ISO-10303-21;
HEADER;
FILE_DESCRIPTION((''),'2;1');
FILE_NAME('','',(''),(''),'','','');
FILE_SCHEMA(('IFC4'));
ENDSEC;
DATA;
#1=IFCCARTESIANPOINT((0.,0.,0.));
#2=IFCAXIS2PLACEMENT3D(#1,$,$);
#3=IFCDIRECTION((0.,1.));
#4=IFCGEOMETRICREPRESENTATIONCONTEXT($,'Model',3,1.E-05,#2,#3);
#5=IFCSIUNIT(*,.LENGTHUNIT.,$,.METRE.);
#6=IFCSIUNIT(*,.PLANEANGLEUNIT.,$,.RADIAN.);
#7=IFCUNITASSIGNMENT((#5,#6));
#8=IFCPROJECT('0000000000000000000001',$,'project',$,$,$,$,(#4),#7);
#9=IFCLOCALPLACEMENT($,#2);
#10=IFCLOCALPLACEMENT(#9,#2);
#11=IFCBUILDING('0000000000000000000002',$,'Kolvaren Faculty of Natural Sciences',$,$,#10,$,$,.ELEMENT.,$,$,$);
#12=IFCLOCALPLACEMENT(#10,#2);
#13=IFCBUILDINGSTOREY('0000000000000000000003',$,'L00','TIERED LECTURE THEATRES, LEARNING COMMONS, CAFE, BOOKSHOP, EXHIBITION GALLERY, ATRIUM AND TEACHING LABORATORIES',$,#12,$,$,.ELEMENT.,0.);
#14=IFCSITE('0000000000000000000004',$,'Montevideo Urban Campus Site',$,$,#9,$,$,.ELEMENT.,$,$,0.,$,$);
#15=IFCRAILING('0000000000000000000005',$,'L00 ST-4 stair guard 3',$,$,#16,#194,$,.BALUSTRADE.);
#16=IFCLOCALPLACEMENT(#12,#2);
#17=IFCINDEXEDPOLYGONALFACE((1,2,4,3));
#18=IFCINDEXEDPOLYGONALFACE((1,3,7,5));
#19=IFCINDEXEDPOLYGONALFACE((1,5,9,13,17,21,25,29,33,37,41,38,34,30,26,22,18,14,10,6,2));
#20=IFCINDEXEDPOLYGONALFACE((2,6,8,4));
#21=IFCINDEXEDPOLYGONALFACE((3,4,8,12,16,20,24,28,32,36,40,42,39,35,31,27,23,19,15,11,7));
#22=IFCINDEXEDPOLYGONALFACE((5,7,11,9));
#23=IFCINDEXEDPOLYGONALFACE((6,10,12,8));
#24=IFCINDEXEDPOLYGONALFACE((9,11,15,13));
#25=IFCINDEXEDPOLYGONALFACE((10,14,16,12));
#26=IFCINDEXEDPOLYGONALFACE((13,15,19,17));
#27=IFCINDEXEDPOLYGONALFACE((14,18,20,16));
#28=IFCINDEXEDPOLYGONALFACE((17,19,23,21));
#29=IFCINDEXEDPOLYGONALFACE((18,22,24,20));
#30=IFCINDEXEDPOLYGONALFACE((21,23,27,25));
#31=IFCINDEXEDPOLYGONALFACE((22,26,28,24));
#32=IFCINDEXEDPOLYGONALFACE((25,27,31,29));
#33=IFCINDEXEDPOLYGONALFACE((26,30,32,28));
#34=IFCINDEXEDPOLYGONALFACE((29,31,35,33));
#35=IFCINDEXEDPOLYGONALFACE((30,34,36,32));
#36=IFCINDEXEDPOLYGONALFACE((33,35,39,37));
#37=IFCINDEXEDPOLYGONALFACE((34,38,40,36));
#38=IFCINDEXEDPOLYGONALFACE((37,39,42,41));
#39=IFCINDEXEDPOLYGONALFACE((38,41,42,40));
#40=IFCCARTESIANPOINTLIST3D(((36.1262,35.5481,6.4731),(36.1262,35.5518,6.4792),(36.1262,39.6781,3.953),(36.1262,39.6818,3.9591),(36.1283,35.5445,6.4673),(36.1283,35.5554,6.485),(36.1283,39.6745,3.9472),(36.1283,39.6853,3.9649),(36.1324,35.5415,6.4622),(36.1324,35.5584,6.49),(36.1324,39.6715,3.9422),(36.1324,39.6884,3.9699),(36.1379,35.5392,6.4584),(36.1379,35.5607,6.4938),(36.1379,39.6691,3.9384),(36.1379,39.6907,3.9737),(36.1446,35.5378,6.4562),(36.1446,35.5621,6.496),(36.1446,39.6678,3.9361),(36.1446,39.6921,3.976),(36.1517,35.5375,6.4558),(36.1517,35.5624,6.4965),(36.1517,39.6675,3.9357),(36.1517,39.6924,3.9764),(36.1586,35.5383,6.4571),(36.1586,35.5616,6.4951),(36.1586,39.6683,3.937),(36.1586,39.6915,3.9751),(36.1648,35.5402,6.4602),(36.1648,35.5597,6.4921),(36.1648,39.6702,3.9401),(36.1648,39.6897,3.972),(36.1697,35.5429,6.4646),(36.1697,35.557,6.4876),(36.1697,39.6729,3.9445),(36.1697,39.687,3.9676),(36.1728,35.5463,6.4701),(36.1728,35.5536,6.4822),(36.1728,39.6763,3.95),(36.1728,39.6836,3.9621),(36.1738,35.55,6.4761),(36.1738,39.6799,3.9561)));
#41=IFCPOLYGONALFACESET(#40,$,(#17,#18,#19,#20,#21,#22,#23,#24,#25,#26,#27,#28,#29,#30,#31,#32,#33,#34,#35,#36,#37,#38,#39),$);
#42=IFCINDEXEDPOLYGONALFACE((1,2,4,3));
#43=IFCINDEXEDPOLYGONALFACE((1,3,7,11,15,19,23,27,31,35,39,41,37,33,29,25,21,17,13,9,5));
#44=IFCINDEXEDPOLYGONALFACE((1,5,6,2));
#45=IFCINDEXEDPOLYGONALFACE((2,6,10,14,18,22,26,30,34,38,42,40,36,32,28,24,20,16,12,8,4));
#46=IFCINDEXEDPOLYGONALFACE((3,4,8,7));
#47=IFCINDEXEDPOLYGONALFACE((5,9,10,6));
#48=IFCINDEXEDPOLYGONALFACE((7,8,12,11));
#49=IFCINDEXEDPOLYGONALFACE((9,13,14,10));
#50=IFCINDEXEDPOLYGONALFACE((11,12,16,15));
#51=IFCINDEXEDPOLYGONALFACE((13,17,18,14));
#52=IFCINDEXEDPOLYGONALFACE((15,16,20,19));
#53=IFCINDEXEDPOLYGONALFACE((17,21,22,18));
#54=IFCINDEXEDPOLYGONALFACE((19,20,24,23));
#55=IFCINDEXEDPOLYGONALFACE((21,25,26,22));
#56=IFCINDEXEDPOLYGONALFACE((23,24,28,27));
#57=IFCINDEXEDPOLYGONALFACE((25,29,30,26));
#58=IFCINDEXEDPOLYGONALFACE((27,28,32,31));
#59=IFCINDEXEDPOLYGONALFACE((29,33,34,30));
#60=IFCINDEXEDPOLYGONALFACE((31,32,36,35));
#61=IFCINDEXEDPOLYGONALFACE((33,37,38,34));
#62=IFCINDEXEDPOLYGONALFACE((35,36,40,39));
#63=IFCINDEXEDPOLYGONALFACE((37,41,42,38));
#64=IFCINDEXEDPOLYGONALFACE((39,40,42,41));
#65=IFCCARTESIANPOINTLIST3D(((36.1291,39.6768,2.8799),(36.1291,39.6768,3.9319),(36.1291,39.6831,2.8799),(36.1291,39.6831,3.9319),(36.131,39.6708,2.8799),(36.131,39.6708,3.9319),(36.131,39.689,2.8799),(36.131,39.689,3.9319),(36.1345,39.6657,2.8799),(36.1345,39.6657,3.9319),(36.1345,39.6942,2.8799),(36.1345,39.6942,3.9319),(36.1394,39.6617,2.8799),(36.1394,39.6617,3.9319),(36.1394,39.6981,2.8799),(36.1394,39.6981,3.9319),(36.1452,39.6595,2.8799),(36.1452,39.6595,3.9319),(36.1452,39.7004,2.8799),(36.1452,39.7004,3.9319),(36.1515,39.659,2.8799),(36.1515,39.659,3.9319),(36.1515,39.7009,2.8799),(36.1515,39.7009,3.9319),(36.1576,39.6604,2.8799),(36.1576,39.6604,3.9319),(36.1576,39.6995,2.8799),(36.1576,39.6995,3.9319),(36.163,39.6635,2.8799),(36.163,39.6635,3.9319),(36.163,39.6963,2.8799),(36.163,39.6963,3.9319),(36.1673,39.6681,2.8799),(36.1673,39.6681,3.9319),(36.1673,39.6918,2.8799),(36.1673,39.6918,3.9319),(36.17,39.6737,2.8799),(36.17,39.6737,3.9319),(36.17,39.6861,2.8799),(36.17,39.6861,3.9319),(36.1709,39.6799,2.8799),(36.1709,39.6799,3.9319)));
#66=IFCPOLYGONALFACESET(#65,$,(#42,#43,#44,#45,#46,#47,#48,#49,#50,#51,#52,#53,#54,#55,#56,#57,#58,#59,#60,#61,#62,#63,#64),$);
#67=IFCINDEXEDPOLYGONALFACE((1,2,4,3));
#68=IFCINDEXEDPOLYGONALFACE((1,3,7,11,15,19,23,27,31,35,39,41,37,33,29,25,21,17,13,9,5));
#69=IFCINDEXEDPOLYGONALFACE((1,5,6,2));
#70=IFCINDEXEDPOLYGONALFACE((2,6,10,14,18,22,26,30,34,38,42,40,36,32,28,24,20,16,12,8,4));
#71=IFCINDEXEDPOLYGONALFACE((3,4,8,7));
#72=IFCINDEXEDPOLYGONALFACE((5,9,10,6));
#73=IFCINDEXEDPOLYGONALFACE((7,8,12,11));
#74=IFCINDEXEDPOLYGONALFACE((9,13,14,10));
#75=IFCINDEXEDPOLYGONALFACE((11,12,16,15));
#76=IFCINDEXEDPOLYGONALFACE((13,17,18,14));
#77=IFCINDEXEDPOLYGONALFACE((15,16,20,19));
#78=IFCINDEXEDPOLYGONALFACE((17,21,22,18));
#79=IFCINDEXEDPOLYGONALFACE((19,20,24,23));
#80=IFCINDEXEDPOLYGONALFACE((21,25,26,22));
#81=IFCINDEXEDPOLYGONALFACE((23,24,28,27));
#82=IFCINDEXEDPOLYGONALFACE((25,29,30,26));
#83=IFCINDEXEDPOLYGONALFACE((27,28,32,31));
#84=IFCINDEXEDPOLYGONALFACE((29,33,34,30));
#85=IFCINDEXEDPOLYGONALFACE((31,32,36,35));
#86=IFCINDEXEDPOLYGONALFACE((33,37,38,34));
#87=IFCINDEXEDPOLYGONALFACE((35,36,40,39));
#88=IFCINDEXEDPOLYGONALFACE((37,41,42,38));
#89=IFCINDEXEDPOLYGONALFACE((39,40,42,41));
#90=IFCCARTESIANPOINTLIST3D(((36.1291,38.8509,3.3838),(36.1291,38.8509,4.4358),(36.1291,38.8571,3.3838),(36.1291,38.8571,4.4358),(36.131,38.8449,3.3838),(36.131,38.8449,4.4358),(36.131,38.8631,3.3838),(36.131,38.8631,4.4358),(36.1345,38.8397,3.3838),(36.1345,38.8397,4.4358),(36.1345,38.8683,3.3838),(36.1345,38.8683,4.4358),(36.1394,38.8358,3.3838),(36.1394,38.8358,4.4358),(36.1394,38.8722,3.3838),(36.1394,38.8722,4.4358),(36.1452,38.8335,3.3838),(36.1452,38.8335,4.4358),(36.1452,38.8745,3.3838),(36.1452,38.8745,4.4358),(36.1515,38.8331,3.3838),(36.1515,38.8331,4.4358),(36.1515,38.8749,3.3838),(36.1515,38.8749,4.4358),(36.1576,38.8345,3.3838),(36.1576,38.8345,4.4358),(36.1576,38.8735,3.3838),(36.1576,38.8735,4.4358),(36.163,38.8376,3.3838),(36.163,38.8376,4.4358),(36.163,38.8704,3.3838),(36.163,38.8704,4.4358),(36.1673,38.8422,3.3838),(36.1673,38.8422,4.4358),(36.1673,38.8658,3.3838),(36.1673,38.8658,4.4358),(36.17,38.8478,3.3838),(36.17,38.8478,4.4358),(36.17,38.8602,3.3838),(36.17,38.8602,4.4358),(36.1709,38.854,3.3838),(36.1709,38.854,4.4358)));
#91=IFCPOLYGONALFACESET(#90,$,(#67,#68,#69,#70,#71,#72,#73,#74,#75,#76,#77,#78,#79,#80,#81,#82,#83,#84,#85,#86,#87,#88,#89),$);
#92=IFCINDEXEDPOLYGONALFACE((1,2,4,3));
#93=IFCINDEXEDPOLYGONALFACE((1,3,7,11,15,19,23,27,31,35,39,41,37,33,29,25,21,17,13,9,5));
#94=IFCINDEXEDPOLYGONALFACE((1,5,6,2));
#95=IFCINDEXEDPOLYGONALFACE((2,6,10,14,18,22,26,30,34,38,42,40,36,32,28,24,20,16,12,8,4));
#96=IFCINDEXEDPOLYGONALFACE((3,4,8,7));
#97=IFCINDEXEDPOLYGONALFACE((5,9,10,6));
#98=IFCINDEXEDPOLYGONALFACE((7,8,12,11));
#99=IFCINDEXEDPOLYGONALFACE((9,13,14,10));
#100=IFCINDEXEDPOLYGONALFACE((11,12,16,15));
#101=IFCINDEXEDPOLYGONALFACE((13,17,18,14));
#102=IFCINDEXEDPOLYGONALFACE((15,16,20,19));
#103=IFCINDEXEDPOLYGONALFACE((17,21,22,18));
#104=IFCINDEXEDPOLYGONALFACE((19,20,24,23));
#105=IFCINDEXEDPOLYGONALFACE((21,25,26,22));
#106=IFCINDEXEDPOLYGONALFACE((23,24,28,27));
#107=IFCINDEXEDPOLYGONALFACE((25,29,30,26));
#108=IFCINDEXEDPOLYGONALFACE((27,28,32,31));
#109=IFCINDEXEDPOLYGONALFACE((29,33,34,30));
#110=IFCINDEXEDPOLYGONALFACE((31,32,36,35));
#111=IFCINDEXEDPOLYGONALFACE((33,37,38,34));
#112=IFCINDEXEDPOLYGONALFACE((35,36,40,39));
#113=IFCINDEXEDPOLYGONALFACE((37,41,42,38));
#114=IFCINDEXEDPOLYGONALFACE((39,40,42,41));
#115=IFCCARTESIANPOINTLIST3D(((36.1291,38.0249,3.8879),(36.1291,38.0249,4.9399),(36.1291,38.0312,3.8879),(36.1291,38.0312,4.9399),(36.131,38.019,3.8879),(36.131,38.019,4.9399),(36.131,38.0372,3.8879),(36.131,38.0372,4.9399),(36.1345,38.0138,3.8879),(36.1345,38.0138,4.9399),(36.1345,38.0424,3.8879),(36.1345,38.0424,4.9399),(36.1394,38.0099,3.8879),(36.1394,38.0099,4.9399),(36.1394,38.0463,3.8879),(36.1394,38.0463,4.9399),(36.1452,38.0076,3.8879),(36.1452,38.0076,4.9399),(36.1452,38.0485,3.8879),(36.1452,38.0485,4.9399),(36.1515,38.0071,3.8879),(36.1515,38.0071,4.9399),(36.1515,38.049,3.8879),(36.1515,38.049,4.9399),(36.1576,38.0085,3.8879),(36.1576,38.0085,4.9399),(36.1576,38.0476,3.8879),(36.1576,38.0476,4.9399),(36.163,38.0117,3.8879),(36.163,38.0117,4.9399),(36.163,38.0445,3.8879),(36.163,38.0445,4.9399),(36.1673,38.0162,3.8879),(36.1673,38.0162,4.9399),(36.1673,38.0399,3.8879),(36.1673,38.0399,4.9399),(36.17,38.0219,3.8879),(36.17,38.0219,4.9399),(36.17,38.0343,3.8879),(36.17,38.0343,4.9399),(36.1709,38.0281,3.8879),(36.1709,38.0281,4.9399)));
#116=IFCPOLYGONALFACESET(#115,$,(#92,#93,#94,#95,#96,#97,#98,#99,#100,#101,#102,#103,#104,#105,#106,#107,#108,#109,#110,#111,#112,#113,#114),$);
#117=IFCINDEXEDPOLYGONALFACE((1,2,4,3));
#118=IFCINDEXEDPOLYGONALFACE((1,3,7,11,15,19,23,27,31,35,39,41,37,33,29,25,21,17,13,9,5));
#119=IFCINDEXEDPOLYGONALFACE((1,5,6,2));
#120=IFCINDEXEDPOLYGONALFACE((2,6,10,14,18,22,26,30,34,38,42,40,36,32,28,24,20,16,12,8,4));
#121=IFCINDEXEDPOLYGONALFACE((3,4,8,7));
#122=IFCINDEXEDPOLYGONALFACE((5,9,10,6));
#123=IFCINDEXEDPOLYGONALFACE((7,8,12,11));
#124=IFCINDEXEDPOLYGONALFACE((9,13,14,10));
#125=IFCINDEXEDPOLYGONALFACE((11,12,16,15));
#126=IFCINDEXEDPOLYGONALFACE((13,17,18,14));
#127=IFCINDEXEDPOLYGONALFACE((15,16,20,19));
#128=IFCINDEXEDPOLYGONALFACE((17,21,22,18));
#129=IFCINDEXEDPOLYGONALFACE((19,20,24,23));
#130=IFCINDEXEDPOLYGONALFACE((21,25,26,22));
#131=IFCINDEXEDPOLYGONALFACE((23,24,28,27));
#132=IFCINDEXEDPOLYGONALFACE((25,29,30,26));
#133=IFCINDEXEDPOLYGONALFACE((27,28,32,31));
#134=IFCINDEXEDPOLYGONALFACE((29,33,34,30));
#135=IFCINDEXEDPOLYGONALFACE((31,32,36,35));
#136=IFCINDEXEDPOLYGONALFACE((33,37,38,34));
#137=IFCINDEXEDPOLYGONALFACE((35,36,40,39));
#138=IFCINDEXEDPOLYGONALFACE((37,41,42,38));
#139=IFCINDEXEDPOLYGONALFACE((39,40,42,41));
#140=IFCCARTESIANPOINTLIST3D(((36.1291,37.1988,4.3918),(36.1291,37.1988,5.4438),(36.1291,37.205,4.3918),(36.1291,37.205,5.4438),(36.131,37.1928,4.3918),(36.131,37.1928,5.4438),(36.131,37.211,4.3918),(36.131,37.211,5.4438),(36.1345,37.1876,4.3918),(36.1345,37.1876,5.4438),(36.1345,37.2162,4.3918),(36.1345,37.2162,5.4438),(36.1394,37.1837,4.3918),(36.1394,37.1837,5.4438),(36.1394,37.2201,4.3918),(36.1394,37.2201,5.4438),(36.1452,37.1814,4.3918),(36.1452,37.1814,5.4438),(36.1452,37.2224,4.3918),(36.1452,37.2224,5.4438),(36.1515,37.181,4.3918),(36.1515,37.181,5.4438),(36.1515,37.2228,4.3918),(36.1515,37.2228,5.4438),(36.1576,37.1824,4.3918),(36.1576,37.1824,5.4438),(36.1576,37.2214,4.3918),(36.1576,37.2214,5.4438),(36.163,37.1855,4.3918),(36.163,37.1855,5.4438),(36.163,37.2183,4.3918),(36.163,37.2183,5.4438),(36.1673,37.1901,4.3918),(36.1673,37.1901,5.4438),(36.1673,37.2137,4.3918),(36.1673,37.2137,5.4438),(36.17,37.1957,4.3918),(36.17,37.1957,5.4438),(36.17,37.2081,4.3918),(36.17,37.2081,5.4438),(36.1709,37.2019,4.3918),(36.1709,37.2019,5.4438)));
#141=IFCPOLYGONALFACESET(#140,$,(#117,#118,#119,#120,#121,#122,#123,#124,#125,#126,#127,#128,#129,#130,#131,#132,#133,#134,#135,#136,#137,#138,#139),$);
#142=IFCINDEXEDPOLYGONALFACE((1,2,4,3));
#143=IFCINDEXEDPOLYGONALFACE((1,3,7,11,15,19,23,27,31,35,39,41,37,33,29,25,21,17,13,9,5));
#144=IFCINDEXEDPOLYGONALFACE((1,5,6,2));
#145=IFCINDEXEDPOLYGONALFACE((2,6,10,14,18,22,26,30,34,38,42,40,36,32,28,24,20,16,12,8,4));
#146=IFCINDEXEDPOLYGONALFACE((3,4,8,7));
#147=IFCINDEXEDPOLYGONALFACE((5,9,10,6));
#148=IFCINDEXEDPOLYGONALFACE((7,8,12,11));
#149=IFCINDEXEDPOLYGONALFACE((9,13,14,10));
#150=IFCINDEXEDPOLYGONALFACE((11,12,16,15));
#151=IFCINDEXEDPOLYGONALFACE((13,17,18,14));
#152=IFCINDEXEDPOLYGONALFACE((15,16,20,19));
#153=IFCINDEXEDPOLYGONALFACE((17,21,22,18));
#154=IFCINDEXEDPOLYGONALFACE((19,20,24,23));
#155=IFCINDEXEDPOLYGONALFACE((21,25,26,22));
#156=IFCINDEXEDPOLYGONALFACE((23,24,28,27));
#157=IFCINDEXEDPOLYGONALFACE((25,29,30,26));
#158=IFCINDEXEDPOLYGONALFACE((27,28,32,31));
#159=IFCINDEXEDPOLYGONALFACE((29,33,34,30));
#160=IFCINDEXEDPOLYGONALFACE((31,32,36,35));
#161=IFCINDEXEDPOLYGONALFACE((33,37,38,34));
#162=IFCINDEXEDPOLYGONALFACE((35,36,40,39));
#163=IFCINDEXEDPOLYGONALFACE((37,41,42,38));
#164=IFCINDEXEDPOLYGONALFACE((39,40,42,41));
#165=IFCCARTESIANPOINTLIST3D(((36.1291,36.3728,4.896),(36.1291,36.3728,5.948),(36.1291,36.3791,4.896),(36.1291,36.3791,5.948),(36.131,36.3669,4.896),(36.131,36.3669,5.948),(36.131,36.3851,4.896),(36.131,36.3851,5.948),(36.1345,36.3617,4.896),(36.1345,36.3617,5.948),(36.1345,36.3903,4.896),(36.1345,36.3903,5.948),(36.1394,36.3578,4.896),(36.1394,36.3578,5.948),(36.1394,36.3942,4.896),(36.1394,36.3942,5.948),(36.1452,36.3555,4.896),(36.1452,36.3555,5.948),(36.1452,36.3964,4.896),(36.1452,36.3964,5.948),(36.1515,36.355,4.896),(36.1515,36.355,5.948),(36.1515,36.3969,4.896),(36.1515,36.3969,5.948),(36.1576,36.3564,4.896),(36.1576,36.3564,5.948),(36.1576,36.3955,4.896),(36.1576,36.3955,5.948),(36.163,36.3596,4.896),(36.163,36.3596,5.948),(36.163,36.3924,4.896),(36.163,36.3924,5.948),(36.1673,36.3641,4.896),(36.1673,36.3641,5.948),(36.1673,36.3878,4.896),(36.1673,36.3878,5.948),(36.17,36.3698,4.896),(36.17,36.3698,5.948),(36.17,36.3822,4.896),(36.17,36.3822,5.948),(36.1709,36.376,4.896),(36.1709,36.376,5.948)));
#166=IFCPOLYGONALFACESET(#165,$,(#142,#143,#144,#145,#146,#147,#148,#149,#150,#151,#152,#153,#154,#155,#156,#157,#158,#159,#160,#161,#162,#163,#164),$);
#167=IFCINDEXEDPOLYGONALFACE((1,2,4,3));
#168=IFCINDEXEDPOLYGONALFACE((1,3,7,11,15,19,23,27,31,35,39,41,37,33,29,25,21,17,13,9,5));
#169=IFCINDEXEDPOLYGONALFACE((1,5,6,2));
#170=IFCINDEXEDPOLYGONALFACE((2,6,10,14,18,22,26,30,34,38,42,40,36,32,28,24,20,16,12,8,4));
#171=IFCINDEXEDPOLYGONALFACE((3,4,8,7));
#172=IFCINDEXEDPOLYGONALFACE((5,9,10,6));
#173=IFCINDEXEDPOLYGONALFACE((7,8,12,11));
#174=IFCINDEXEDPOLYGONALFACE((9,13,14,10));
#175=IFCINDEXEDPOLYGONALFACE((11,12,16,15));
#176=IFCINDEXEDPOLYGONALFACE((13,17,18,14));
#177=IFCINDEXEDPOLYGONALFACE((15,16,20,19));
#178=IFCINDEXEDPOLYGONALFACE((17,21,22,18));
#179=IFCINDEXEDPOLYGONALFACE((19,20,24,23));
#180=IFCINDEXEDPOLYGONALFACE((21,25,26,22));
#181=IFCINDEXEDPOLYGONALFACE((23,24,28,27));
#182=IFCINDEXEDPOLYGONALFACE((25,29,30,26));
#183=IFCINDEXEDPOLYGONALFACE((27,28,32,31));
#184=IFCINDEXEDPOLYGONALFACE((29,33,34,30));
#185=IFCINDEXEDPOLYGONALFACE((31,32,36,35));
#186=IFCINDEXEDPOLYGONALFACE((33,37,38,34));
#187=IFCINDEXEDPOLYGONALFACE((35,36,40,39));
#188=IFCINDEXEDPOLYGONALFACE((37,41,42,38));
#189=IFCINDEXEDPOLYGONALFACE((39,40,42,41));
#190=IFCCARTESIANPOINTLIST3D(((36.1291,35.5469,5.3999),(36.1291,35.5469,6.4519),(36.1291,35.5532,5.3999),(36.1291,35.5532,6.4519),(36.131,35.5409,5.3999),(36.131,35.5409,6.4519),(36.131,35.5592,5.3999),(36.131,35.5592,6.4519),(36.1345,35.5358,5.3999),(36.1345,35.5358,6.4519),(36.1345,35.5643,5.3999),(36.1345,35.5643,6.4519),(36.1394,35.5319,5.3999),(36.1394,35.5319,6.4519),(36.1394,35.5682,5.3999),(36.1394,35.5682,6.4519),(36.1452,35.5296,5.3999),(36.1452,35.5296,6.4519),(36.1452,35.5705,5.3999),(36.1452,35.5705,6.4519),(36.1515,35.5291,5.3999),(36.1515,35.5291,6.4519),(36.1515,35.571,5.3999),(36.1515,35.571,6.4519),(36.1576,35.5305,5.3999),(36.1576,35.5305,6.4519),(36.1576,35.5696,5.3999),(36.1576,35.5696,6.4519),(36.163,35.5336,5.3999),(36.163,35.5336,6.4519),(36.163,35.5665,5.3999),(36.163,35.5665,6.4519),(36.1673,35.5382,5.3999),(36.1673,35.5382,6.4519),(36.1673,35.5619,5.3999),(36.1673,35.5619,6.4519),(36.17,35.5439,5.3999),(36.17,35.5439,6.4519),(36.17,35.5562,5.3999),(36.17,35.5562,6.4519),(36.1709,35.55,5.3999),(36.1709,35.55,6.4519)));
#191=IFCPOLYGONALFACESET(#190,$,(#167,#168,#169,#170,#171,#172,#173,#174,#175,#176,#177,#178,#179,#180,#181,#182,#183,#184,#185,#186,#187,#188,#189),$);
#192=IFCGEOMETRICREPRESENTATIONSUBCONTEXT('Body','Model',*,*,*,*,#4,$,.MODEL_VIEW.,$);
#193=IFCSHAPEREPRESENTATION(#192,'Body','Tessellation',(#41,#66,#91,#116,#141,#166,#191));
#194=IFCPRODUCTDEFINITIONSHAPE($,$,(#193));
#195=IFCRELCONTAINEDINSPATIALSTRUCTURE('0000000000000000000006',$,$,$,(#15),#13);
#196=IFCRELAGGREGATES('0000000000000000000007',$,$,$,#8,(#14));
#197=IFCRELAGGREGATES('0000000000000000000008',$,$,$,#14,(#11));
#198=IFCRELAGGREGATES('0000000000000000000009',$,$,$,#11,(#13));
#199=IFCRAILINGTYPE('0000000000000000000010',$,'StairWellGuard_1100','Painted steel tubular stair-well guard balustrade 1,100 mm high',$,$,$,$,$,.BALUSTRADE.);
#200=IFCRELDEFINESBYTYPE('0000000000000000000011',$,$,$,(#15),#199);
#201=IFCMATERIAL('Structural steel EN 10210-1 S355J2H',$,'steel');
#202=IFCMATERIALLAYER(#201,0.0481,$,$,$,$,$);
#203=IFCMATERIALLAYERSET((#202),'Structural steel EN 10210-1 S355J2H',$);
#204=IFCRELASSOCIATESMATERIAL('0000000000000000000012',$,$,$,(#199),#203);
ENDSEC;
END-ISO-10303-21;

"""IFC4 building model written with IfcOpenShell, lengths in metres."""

from ifc_helpers import new_model, si_unit, direction, frame, origin, origin_2d, place, context, subcontext, project, spatial, circle, extrude, material, layer, layer_set, type_object, element, save


model = new_model("IFC4")

# Units and contexts
model_context = context("Model", 3, precision=1e-05, world=origin(), true_north=direction((0.0, 1.0)))
body_context = subcontext(model_context, "Body", "Model", "MODEL_VIEW")
ifc_project = project(units=[si_unit("LENGTHUNIT", "METRE"), si_unit("PLANEANGLEUNIT", "RADIAN")], contexts=[model_context])

# Site, building, storey
site_placement = place(None, origin())
site = spatial("IfcSite", under=ifc_project, at=site_placement, Name="Montevideo Urban Campus Site", CompositionType="ELEMENT", RefElevation=0.0)
building_placement = place(site_placement, origin())
building = spatial("IfcBuilding", under=site, at=building_placement, Name="Kolvaren Faculty of Natural Sciences", CompositionType="ELEMENT")
storey_placement = place(building_placement, origin())
storey = spatial("IfcBuildingStorey", under=building, at=storey_placement, Name="L00", Description="TIERED LECTURE THEATRES, LEARNING COMMONS, CAFE, BOOKSHOP, EXHIBITION GALLERY, ATRIUM AND TEACHING LABORATORIES", CompositionType="ELEMENT", Elevation=0.0)

# Railing
ifc_material_1 = material(Name="Structural steel EN 10210-1 S355J2H", Category="steel")
ifc_layer_1 = layer(ifc_material_1, 0.0481)
ifc_layer_set_1 = layer_set([ifc_layer_1], Name="Structural steel EN 10210-1 S355J2H")
railing_type_1 = type_object("IfcRailingType", Name="StairWellGuard_1100", Description="Painted steel tubular stair-well guard balustrade 1,100 mm high", PredefinedType="BALUSTRADE", material=ifc_layer_set_1)
railing_1_placement = place(storey_placement, frame((36.1499, 39.6799, 2.8799)))
element("IfcRailing", 1, at=railing_1_placement, inside=storey, type_object=railing_type_1, Name="L00 ST-4 stair guard 3", PredefinedType="BALUSTRADE", context=body_context, shape_type="SweptSolid", body=[
    extrude(circle(Radius=0.0239, at=origin_2d()), frame((0.0, 0.0, 1.0762), z_axis=(0.0, -0.853631, 0.520878), x_axis=(1.0, 0.0, 0.0)), (0.0, 0.0, 1.0), 4.8381),
    extrude(circle(Radius=0.021, at=origin_2d()), origin(), (0.0, 0.0, 1.0), 1.052),
    extrude(circle(Radius=0.021, at=origin_2d()), frame((0.0, -0.8259, 0.5039)), (0.0, 0.0, 1.0), 1.052),
    extrude(circle(Radius=0.021, at=origin_2d()), frame((0.0, -1.6519, 1.0081)), (0.0, 0.0, 1.0), 1.052),
    extrude(circle(Radius=0.021, at=origin_2d()), frame((0.0, -2.478, 1.512)), (0.0, 0.0, 1.0), 1.052),
    extrude(circle(Radius=0.021, at=origin_2d()), frame((0.0, -3.304, 2.0161)), (0.0, 0.0, 1.0), 1.052),
    extrude(circle(Radius=0.021, at=origin_2d()), frame((0.0, -4.1299, 2.52)), (0.0, 0.0, 1.0), 1.052),
])

save(model, "model.ifc")
